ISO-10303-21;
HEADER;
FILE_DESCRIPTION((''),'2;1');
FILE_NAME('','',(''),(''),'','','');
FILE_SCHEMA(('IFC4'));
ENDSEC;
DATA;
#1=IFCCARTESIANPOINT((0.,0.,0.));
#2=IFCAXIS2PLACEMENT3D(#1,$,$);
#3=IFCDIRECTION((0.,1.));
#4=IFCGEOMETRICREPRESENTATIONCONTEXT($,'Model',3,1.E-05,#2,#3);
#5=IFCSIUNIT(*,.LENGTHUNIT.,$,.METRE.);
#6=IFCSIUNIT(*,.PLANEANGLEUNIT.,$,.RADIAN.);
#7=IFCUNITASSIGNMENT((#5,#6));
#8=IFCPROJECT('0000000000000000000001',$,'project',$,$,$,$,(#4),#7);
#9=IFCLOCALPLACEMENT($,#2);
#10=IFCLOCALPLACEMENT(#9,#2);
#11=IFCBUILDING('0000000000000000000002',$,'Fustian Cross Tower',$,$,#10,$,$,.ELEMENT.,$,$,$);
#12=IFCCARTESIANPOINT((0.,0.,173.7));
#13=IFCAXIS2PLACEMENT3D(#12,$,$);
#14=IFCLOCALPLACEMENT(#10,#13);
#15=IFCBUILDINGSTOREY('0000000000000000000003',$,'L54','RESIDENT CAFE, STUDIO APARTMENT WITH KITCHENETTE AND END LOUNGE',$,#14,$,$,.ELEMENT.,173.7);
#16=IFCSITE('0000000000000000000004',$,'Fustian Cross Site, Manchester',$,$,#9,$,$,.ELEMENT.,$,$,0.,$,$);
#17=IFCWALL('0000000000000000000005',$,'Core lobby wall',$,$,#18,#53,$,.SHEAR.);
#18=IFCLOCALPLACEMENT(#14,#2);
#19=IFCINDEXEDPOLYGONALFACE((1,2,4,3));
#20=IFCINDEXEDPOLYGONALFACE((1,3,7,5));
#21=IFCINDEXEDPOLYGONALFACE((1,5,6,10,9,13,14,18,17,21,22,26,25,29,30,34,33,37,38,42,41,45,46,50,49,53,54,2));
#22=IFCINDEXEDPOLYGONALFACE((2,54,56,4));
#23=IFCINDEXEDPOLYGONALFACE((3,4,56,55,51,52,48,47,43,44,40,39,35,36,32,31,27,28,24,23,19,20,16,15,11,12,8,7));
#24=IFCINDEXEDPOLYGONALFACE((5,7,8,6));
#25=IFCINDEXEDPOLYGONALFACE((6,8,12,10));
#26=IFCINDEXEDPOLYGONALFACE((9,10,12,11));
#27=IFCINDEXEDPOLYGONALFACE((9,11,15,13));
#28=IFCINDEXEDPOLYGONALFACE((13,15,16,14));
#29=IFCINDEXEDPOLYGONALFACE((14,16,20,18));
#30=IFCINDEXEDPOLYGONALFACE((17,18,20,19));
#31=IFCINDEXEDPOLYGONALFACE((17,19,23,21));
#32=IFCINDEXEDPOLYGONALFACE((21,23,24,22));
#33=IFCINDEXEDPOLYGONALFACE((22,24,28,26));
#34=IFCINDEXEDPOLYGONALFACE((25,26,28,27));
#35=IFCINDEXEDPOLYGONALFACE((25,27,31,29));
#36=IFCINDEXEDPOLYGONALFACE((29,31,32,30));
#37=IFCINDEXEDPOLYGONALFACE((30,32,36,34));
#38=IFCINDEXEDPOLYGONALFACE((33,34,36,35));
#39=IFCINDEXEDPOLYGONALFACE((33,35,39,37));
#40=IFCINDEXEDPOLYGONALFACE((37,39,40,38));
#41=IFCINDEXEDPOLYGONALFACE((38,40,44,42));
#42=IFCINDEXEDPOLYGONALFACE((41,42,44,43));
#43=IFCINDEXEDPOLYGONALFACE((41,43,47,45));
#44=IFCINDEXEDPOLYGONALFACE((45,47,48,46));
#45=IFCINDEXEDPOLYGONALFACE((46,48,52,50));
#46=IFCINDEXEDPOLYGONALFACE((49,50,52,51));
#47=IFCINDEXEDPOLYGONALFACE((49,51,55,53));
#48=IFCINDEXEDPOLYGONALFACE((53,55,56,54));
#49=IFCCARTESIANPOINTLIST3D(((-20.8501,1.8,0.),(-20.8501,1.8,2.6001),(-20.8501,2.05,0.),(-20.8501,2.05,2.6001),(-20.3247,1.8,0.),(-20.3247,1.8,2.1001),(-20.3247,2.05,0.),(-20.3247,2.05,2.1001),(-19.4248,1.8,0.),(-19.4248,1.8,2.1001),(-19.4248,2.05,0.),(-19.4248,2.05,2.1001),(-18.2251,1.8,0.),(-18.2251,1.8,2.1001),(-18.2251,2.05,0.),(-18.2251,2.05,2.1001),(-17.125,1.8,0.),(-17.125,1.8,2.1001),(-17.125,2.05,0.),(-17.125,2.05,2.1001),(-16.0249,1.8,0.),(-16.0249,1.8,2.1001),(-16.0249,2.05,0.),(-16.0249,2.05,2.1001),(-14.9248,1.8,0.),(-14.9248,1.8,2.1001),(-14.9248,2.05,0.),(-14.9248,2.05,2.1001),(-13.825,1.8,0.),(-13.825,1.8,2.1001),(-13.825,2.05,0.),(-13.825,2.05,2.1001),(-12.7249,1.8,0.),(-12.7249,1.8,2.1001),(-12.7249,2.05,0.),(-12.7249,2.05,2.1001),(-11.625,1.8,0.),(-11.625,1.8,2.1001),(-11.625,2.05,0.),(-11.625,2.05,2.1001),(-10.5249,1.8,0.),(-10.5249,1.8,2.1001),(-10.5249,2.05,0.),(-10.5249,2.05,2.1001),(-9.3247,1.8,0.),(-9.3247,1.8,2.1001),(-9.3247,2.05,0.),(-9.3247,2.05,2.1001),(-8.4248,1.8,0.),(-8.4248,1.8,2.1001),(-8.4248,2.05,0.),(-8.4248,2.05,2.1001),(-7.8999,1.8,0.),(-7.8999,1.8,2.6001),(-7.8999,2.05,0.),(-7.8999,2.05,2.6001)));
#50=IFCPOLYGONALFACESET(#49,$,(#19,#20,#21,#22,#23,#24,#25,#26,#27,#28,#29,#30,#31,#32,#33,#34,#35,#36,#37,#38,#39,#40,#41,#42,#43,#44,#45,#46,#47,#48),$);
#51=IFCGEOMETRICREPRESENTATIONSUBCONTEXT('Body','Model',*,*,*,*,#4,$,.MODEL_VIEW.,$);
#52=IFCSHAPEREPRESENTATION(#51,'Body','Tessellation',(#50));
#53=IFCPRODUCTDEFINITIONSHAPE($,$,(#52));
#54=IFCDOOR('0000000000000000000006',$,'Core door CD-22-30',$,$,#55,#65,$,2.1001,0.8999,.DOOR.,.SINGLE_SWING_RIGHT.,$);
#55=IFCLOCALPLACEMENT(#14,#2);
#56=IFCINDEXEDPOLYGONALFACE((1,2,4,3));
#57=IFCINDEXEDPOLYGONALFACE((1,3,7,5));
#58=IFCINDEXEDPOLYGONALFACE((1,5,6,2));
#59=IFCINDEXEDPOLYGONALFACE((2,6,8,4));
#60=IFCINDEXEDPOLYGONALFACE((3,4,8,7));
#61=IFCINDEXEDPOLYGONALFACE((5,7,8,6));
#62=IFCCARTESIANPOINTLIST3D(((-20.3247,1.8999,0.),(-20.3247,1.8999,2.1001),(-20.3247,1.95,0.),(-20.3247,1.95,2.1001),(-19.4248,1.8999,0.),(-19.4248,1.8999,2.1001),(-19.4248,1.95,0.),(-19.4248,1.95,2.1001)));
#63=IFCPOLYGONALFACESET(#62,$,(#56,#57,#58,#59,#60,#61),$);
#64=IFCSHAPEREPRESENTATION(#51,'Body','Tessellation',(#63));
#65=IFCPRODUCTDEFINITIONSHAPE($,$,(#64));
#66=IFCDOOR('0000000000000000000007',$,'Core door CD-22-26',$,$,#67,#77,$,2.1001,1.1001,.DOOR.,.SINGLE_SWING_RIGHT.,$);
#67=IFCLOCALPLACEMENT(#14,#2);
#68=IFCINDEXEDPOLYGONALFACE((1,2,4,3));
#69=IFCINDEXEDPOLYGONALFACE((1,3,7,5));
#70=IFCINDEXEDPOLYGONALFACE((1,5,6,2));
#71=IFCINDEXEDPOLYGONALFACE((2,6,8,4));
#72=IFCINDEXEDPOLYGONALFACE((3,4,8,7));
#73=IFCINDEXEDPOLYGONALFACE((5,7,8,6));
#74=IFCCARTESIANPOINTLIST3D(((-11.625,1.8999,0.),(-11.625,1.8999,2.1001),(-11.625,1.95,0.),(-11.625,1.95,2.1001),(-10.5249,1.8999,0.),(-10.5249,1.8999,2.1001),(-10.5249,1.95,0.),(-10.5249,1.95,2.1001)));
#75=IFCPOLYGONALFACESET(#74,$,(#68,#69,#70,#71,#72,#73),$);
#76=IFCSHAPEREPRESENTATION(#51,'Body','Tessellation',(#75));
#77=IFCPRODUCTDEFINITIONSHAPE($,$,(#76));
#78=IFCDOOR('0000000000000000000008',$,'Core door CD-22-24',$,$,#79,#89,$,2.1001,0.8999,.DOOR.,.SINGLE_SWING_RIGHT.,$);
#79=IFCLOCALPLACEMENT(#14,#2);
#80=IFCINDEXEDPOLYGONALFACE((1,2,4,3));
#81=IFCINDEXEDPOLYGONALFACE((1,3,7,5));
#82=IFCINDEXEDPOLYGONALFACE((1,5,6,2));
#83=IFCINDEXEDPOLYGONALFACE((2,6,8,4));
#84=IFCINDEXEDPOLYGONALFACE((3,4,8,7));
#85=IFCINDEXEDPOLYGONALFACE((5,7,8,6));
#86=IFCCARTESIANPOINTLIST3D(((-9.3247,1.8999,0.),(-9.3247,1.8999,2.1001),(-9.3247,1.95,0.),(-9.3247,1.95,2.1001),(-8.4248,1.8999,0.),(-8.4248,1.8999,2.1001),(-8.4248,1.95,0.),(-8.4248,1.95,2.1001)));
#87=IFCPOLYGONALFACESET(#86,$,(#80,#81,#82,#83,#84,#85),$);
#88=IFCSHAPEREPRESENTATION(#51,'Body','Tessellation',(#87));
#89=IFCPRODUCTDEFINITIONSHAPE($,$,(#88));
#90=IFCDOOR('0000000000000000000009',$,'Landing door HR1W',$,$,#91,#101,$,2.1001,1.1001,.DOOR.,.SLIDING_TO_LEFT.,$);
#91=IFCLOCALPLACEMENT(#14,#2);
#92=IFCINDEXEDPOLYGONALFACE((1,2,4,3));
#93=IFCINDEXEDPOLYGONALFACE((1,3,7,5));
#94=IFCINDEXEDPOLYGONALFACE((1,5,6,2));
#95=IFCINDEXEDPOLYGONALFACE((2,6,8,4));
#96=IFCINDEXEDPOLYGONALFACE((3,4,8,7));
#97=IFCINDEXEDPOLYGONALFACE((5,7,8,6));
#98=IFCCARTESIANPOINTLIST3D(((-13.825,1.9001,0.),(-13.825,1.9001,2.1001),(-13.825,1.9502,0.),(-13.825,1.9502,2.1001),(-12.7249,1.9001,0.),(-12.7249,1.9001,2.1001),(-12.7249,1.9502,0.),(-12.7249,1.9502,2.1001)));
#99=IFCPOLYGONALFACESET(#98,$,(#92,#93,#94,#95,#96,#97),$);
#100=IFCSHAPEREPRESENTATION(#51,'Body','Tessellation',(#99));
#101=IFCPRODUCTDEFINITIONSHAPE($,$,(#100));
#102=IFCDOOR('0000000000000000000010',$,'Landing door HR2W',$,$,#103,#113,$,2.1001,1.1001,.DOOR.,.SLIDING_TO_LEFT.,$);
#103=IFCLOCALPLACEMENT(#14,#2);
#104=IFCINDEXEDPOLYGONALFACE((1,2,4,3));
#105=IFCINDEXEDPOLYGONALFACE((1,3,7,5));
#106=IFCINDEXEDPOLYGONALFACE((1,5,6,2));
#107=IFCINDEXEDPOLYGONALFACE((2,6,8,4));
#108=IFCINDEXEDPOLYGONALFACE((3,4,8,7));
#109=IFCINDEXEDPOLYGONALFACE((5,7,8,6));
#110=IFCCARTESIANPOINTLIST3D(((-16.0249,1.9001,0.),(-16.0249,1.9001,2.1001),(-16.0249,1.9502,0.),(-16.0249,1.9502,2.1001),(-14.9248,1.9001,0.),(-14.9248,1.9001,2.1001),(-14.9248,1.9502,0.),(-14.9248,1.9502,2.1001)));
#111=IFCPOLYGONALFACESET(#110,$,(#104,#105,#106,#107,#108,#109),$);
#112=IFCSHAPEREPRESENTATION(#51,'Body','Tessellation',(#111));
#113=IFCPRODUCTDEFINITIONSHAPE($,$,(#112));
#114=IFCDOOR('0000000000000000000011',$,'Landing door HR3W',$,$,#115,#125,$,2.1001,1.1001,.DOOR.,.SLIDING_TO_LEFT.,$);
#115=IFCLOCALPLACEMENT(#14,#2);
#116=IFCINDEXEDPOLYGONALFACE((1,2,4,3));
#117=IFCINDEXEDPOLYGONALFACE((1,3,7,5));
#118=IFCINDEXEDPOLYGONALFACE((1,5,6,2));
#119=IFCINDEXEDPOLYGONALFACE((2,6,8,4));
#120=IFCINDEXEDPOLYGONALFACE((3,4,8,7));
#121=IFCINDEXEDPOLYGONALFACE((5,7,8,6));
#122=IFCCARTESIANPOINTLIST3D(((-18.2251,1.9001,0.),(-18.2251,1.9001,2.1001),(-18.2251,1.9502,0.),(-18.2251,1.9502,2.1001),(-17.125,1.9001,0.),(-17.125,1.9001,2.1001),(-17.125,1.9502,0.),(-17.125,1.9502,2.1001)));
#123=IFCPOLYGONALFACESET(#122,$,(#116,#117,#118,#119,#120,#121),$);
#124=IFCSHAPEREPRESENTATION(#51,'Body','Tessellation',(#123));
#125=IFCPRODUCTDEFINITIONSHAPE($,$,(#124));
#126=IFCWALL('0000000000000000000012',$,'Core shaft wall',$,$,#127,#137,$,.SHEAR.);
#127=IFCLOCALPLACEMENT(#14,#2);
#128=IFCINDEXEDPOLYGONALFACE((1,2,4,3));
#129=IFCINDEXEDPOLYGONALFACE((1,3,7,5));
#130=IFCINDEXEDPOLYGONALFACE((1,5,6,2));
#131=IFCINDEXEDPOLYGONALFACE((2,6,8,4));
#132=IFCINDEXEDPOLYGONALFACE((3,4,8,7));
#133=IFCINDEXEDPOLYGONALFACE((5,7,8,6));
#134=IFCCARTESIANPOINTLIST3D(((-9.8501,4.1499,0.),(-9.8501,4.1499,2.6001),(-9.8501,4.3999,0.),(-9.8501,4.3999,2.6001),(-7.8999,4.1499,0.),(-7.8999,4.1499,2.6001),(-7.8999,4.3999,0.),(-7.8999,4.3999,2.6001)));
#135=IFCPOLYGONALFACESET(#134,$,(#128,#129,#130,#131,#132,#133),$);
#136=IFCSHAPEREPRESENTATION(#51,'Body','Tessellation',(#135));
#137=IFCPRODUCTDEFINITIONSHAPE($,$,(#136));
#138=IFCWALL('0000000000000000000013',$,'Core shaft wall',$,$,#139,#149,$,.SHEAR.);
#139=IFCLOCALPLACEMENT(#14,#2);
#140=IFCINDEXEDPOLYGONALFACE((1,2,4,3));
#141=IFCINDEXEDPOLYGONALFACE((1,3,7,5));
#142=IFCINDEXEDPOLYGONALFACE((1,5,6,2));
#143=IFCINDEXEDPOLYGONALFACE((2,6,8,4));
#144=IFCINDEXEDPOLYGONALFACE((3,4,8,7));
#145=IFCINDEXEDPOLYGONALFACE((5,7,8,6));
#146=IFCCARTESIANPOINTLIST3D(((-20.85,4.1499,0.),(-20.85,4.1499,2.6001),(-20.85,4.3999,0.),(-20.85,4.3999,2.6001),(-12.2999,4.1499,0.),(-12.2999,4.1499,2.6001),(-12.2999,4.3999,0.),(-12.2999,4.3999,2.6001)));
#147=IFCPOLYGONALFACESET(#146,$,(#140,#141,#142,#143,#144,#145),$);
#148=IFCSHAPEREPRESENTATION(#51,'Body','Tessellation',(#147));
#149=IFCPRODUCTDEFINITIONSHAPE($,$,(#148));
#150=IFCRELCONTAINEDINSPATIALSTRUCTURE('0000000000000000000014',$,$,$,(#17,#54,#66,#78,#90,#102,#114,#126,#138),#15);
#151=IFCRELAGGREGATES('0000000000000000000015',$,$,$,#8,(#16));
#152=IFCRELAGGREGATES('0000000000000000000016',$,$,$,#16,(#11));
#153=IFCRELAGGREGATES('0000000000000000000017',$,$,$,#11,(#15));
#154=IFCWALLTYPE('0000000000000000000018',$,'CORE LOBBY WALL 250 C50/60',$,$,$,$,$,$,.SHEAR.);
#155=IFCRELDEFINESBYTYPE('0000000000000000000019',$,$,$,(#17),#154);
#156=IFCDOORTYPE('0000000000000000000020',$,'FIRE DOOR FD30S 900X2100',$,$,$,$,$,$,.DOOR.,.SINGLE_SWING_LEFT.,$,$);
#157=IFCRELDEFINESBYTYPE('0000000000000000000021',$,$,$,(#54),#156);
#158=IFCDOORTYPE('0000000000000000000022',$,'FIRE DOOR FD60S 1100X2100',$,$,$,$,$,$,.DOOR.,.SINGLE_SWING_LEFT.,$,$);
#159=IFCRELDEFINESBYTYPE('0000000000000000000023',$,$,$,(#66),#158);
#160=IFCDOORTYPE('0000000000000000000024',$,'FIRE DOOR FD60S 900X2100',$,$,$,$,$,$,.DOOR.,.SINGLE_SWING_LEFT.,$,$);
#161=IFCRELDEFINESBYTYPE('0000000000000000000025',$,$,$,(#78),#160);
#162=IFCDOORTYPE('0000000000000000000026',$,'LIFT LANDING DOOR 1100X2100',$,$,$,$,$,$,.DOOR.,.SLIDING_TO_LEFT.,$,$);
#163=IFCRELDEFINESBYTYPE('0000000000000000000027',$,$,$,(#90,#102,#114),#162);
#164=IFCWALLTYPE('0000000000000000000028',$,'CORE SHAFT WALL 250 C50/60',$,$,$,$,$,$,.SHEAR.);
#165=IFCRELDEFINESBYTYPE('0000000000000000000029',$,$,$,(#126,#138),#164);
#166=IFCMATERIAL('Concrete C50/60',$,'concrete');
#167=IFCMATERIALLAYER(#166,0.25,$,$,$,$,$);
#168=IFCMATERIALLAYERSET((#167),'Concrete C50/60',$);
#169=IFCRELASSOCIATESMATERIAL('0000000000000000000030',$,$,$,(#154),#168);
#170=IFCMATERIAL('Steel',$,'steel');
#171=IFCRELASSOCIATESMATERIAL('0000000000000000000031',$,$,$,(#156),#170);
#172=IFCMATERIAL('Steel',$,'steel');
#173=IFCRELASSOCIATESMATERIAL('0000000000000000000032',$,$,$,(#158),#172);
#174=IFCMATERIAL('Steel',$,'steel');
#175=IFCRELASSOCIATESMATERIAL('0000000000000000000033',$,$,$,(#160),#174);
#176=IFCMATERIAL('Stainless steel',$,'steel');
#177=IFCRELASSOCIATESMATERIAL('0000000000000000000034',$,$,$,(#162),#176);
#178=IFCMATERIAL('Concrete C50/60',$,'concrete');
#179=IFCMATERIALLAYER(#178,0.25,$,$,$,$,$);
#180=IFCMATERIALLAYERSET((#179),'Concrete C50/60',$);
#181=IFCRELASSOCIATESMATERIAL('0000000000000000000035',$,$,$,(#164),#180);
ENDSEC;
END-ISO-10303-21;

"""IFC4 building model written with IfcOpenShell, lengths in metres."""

from ifc_helpers import new_model, si_unit, direction, frame, frame_2d, origin, place, context, subcontext, project, spatial, rectangle, extrude, material, layer, layer_set, type_object, element, fill, save


model = new_model("IFC4")

# Units and contexts
model_context = context("Model", 3, precision=1e-05, world=origin(), true_north=direction((0.0, 1.0)))
body_context = subcontext(model_context, "Body", "Model", "MODEL_VIEW")
ifc_project = project(units=[si_unit("LENGTHUNIT", "METRE"), si_unit("PLANEANGLEUNIT", "RADIAN")], contexts=[model_context])

# Site, building, storey
site_placement = place(None, origin())
site = spatial("IfcSite", under=ifc_project, at=site_placement, Name="Fustian Cross Site, Manchester", CompositionType="ELEMENT", RefElevation=0.0)
building_placement = place(site_placement, origin())
building = spatial("IfcBuilding", under=site, at=building_placement, Name="Fustian Cross Tower", CompositionType="ELEMENT")
storey_placement = place(building_placement, frame((0.0, 0.0, 173.7)))
storey = spatial("IfcBuildingStorey", under=building, at=storey_placement, Name="L54", Description="RESIDENT CAFE, STUDIO APARTMENT WITH KITCHENETTE AND END LOUNGE", CompositionType="ELEMENT", Elevation=173.7)

# Wall, openings, doors
ifc_material_1 = material(Name="Concrete C50/60", Category="concrete")
ifc_layer_1 = layer(ifc_material_1, 0.25)
ifc_layer_set_1 = layer_set([ifc_layer_1], Name="Concrete C50/60")
wall_type_1 = type_object("IfcWallType", Name="CORE LOBBY WALL 250 C50/60", PredefinedType="SHEAR", material=ifc_layer_set_1)
wall_1_placement = place(storey_placement, frame((-7.8999, 1.925, 0.0), z_axis=(0.0, 0.0, 1.0), x_axis=(-1.0, 0.0, 0.0)))
wall_1 = element("IfcWall", 1, at=wall_1_placement, inside=storey, type_object=wall_type_1, Name="Core lobby wall", PredefinedType="SHEAR", context=body_context, shape_type="SweptSolid", body=[
    extrude(rectangle(XDim=12.9502, YDim=0.25, at=frame_2d((6.4751, 0.0))), origin(), (0.0, 0.0, 1.0), 2.6001),
])
opening_1_placement = place(wall_1_placement, frame((4.825, 0.0, 0.0)))
opening_1 = element("IfcOpeningElement", 2, at=opening_1_placement, cuts=wall_1, PredefinedType="OPENING", context=body_context, shape_type="SweptSolid", body=[
    extrude(rectangle(XDim=1.1001, YDim=2.1001, at=frame_2d((0.55, 1.05))), frame((0.0, 0.135, 0.0), z_axis=(0.0, -1.0, 0.0), x_axis=(1.0, 0.0, 0.0)), (0.0, 0.0, 1.0), 0.27),
])
opening_2_placement = place(wall_1_placement, frame((7.0249, 0.0, 0.0)))
opening_2 = element("IfcOpeningElement", 3, at=opening_2_placement, cuts=wall_1, PredefinedType="OPENING", context=body_context, shape_type="SweptSolid", body=[
    extrude(rectangle(XDim=1.1001, YDim=2.1001, at=frame_2d((0.55, 1.05))), frame((0.0, 0.135, 0.0), z_axis=(0.0, -1.0, 0.0), x_axis=(1.0, 0.0, 0.0)), (0.0, 0.0, 1.0), 0.27),
])
opening_3_placement = place(wall_1_placement, frame((9.2251, 0.0, 0.0)))
opening_3 = element("IfcOpeningElement", 4, at=opening_3_placement, cuts=wall_1, PredefinedType="OPENING", context=body_context, shape_type="SweptSolid", body=[
    extrude(rectangle(XDim=1.1001, YDim=2.1001, at=frame_2d((0.55, 1.05))), frame((0.0, 0.135, 0.0), z_axis=(0.0, -1.0, 0.0), x_axis=(1.0, 0.0, 0.0)), (0.0, 0.0, 1.0), 0.27),
])
opening_4_placement = place(wall_1_placement, frame((0.5249, 0.0, 0.0)))
opening_4 = element("IfcOpeningElement", 5, at=opening_4_placement, cuts=wall_1, PredefinedType="OPENING", context=body_context, shape_type="SweptSolid", body=[
    extrude(rectangle(XDim=0.8999, YDim=2.1001, at=frame_2d((0.45, 1.05))), frame((0.0, 0.135, 0.0), z_axis=(0.0, -1.0, 0.0), x_axis=(1.0, 0.0, 0.0)), (0.0, 0.0, 1.0), 0.27),
])
opening_5_placement = place(wall_1_placement, frame((2.625, 0.0, 0.0)))
opening_5 = element("IfcOpeningElement", 6, at=opening_5_placement, cuts=wall_1, PredefinedType="OPENING", context=body_context, shape_type="SweptSolid", body=[
    extrude(rectangle(XDim=1.1001, YDim=2.1001, at=frame_2d((0.55, 1.05))), frame((0.0, 0.135, 0.0), z_axis=(0.0, -1.0, 0.0), x_axis=(1.0, 0.0, 0.0)), (0.0, 0.0, 1.0), 0.27),
])
opening_6_placement = place(wall_1_placement, frame((11.5249, 0.0, 0.0)))
opening_6 = element("IfcOpeningElement", 7, at=opening_6_placement, cuts=wall_1, PredefinedType="OPENING", context=body_context, shape_type="SweptSolid", body=[
    extrude(rectangle(XDim=0.8999, YDim=2.1001, at=frame_2d((0.45, 1.05))), frame((0.0, 0.135, 0.0), z_axis=(0.0, -1.0, 0.0), x_axis=(1.0, 0.0, 0.0)), (0.0, 0.0, 1.0), 0.27),
])
ifc_material_2 = material(Name="Steel", Category="steel")
door_type_1 = type_object("IfcDoorType", Name="FIRE DOOR FD30S 900X2100", OperationType="SINGLE_SWING_LEFT", PredefinedType="DOOR", material=ifc_material_2)
door_1_placement = place(opening_6_placement, frame((0.8999, 0.0, 0.0), z_axis=(0.0, 0.0, 1.0), x_axis=(-1.0, 0.0, 0.0)))
door_1 = element("IfcDoor", 8, at=door_1_placement, inside=storey, type_object=door_type_1, Name="Core door CD-22-30", OperationType="SINGLE_SWING_RIGHT", OverallHeight=2.1001, OverallWidth=0.8999, PredefinedType="DOOR", context=body_context, shape_type="SweptSolid", body=[
    extrude(rectangle(XDim=0.8999, YDim=2.1001, at=frame_2d((0.45, 1.05))), frame((0.0, 0.0249, 0.0), z_axis=(0.0, -1.0, 0.0), x_axis=(1.0, 0.0, 0.0)), (0.0, 0.0, 1.0), 0.05),
])
fill(opening_6, door_1)
ifc_material_3 = material(Name="Steel", Category="steel")
door_type_2 = type_object("IfcDoorType", Name="FIRE DOOR FD60S 1100X2100", OperationType="SINGLE_SWING_LEFT", PredefinedType="DOOR", material=ifc_material_3)
door_2_placement = place(opening_5_placement, frame((1.1001, 0.0, 0.0), z_axis=(0.0, 0.0, 1.0), x_axis=(-1.0, 0.0, 0.0)))
door_2 = element("IfcDoor", 9, at=door_2_placement, inside=storey, type_object=door_type_2, Name="Core door CD-22-26", OperationType="SINGLE_SWING_RIGHT", OverallHeight=2.1001, OverallWidth=1.1001, PredefinedType="DOOR", context=body_context, shape_type="SweptSolid", body=[
    extrude(rectangle(XDim=1.1001, YDim=2.1001, at=frame_2d((0.55, 1.05))), frame((0.0, 0.0249, 0.0), z_axis=(0.0, -1.0, 0.0), x_axis=(1.0, 0.0, 0.0)), (0.0, 0.0, 1.0), 0.05),
])
fill(opening_5, door_2)
ifc_material_4 = material(Name="Steel", Category="steel")
door_type_3 = type_object("IfcDoorType", Name="FIRE DOOR FD60S 900X2100", OperationType="SINGLE_SWING_LEFT", PredefinedType="DOOR", material=ifc_material_4)
door_3_placement = place(opening_4_placement, frame((0.8999, 0.0, 0.0), z_axis=(0.0, 0.0, 1.0), x_axis=(-1.0, 0.0, 0.0)))
door_3 = element("IfcDoor", 10, at=door_3_placement, inside=storey, type_object=door_type_3, Name="Core door CD-22-24", OperationType="SINGLE_SWING_RIGHT", OverallHeight=2.1001, OverallWidth=0.8999, PredefinedType="DOOR", context=body_context, shape_type="SweptSolid", body=[
    extrude(rectangle(XDim=0.8999, YDim=2.1001, at=frame_2d((0.45, 1.05))), frame((0.0, 0.0249, 0.0), z_axis=(0.0, -1.0, 0.0), x_axis=(1.0, 0.0, 0.0)), (0.0, 0.0, 1.0), 0.05),
])
fill(opening_4, door_3)
ifc_material_5 = material(Name="Stainless steel", Category="steel")
door_type_4 = type_object("IfcDoorType", Name="LIFT LANDING DOOR 1100X2100", OperationType="SLIDING_TO_LEFT", PredefinedType="DOOR", material=ifc_material_5)
door_4_placement = place(opening_1_placement, origin())
door_4 = element("IfcDoor", 11, at=door_4_placement, inside=storey, type_object=door_type_4, Name="Landing door HR1W", OperationType="SLIDING_TO_LEFT", OverallHeight=2.1001, OverallWidth=1.1001, PredefinedType="DOOR", context=body_context, shape_type="SweptSolid", body=[
    extrude(rectangle(XDim=1.1001, YDim=2.1001, at=frame_2d((0.55, 1.05))), frame((0.0, 0.0249, 0.0), z_axis=(0.0, -1.0, 0.0), x_axis=(1.0, 0.0, 0.0)), (0.0, 0.0, 1.0), 0.05),
])
fill(opening_1, door_4)
door_5_placement = place(opening_2_placement, origin())
door_5 = element("IfcDoor", 12, at=door_5_placement, inside=storey, type_object=door_type_4, Name="Landing door HR2W", OperationType="SLIDING_TO_LEFT", OverallHeight=2.1001, OverallWidth=1.1001, PredefinedType="DOOR", context=body_context, shape_type="SweptSolid", body=[
    extrude(rectangle(XDim=1.1001, YDim=2.1001, at=frame_2d((0.55, 1.05))), frame((0.0, 0.0249, 0.0), z_axis=(0.0, -1.0, 0.0), x_axis=(1.0, 0.0, 0.0)), (0.0, 0.0, 1.0), 0.05),
])
fill(opening_2, door_5)
door_6_placement = place(opening_3_placement, origin())
door_6 = element("IfcDoor", 13, at=door_6_placement, inside=storey, type_object=door_type_4, Name="Landing door HR3W", OperationType="SLIDING_TO_LEFT", OverallHeight=2.1001, OverallWidth=1.1001, PredefinedType="DOOR", context=body_context, shape_type="SweptSolid", body=[
    extrude(rectangle(XDim=1.1001, YDim=2.1001, at=frame_2d((0.55, 1.05))), frame((0.0, 0.0249, 0.0), z_axis=(0.0, -1.0, 0.0), x_axis=(1.0, 0.0, 0.0)), (0.0, 0.0, 1.0), 0.05),
])
fill(opening_3, door_6)

# Walls
ifc_material_6 = material(Name="Concrete C50/60", Category="concrete")
ifc_layer_2 = layer(ifc_material_6, 0.25)
ifc_layer_set_2 = layer_set([ifc_layer_2], Name="Concrete C50/60")
wall_type_2 = type_object("IfcWallType", Name="CORE SHAFT WALL 250 C50/60", PredefinedType="SHEAR", material=ifc_layer_set_2)
wall_2_placement = place(storey_placement, frame((-7.8999, 4.2749, 0.0), z_axis=(0.0, 0.0, 1.0), x_axis=(-1.0, 0.0, 0.0)))
element("IfcWall", 14, at=wall_2_placement, inside=storey, type_object=wall_type_2, Name="Core shaft wall", PredefinedType="SHEAR", context=body_context, shape_type="SweptSolid", body=[
    extrude(rectangle(XDim=1.9502, YDim=0.25, at=frame_2d((0.9751, 0.0))), origin(), (0.0, 0.0, 1.0), 2.6001),
])
wall_3_placement = place(storey_placement, frame((-12.3, 4.2749, 0.0), z_axis=(0.0, 0.0, 1.0), x_axis=(-1.0, 0.0, 0.0)))
element("IfcWall", 15, at=wall_3_placement, inside=storey, type_object=wall_type_2, Name="Core shaft wall", PredefinedType="SHEAR", context=body_context, shape_type="SweptSolid", body=[
    extrude(rectangle(XDim=8.55, YDim=0.25, at=frame_2d((4.2749, 0.0))), origin(), (0.0, 0.0, 1.0), 2.6001),
])

save(model, "model.ifc")
